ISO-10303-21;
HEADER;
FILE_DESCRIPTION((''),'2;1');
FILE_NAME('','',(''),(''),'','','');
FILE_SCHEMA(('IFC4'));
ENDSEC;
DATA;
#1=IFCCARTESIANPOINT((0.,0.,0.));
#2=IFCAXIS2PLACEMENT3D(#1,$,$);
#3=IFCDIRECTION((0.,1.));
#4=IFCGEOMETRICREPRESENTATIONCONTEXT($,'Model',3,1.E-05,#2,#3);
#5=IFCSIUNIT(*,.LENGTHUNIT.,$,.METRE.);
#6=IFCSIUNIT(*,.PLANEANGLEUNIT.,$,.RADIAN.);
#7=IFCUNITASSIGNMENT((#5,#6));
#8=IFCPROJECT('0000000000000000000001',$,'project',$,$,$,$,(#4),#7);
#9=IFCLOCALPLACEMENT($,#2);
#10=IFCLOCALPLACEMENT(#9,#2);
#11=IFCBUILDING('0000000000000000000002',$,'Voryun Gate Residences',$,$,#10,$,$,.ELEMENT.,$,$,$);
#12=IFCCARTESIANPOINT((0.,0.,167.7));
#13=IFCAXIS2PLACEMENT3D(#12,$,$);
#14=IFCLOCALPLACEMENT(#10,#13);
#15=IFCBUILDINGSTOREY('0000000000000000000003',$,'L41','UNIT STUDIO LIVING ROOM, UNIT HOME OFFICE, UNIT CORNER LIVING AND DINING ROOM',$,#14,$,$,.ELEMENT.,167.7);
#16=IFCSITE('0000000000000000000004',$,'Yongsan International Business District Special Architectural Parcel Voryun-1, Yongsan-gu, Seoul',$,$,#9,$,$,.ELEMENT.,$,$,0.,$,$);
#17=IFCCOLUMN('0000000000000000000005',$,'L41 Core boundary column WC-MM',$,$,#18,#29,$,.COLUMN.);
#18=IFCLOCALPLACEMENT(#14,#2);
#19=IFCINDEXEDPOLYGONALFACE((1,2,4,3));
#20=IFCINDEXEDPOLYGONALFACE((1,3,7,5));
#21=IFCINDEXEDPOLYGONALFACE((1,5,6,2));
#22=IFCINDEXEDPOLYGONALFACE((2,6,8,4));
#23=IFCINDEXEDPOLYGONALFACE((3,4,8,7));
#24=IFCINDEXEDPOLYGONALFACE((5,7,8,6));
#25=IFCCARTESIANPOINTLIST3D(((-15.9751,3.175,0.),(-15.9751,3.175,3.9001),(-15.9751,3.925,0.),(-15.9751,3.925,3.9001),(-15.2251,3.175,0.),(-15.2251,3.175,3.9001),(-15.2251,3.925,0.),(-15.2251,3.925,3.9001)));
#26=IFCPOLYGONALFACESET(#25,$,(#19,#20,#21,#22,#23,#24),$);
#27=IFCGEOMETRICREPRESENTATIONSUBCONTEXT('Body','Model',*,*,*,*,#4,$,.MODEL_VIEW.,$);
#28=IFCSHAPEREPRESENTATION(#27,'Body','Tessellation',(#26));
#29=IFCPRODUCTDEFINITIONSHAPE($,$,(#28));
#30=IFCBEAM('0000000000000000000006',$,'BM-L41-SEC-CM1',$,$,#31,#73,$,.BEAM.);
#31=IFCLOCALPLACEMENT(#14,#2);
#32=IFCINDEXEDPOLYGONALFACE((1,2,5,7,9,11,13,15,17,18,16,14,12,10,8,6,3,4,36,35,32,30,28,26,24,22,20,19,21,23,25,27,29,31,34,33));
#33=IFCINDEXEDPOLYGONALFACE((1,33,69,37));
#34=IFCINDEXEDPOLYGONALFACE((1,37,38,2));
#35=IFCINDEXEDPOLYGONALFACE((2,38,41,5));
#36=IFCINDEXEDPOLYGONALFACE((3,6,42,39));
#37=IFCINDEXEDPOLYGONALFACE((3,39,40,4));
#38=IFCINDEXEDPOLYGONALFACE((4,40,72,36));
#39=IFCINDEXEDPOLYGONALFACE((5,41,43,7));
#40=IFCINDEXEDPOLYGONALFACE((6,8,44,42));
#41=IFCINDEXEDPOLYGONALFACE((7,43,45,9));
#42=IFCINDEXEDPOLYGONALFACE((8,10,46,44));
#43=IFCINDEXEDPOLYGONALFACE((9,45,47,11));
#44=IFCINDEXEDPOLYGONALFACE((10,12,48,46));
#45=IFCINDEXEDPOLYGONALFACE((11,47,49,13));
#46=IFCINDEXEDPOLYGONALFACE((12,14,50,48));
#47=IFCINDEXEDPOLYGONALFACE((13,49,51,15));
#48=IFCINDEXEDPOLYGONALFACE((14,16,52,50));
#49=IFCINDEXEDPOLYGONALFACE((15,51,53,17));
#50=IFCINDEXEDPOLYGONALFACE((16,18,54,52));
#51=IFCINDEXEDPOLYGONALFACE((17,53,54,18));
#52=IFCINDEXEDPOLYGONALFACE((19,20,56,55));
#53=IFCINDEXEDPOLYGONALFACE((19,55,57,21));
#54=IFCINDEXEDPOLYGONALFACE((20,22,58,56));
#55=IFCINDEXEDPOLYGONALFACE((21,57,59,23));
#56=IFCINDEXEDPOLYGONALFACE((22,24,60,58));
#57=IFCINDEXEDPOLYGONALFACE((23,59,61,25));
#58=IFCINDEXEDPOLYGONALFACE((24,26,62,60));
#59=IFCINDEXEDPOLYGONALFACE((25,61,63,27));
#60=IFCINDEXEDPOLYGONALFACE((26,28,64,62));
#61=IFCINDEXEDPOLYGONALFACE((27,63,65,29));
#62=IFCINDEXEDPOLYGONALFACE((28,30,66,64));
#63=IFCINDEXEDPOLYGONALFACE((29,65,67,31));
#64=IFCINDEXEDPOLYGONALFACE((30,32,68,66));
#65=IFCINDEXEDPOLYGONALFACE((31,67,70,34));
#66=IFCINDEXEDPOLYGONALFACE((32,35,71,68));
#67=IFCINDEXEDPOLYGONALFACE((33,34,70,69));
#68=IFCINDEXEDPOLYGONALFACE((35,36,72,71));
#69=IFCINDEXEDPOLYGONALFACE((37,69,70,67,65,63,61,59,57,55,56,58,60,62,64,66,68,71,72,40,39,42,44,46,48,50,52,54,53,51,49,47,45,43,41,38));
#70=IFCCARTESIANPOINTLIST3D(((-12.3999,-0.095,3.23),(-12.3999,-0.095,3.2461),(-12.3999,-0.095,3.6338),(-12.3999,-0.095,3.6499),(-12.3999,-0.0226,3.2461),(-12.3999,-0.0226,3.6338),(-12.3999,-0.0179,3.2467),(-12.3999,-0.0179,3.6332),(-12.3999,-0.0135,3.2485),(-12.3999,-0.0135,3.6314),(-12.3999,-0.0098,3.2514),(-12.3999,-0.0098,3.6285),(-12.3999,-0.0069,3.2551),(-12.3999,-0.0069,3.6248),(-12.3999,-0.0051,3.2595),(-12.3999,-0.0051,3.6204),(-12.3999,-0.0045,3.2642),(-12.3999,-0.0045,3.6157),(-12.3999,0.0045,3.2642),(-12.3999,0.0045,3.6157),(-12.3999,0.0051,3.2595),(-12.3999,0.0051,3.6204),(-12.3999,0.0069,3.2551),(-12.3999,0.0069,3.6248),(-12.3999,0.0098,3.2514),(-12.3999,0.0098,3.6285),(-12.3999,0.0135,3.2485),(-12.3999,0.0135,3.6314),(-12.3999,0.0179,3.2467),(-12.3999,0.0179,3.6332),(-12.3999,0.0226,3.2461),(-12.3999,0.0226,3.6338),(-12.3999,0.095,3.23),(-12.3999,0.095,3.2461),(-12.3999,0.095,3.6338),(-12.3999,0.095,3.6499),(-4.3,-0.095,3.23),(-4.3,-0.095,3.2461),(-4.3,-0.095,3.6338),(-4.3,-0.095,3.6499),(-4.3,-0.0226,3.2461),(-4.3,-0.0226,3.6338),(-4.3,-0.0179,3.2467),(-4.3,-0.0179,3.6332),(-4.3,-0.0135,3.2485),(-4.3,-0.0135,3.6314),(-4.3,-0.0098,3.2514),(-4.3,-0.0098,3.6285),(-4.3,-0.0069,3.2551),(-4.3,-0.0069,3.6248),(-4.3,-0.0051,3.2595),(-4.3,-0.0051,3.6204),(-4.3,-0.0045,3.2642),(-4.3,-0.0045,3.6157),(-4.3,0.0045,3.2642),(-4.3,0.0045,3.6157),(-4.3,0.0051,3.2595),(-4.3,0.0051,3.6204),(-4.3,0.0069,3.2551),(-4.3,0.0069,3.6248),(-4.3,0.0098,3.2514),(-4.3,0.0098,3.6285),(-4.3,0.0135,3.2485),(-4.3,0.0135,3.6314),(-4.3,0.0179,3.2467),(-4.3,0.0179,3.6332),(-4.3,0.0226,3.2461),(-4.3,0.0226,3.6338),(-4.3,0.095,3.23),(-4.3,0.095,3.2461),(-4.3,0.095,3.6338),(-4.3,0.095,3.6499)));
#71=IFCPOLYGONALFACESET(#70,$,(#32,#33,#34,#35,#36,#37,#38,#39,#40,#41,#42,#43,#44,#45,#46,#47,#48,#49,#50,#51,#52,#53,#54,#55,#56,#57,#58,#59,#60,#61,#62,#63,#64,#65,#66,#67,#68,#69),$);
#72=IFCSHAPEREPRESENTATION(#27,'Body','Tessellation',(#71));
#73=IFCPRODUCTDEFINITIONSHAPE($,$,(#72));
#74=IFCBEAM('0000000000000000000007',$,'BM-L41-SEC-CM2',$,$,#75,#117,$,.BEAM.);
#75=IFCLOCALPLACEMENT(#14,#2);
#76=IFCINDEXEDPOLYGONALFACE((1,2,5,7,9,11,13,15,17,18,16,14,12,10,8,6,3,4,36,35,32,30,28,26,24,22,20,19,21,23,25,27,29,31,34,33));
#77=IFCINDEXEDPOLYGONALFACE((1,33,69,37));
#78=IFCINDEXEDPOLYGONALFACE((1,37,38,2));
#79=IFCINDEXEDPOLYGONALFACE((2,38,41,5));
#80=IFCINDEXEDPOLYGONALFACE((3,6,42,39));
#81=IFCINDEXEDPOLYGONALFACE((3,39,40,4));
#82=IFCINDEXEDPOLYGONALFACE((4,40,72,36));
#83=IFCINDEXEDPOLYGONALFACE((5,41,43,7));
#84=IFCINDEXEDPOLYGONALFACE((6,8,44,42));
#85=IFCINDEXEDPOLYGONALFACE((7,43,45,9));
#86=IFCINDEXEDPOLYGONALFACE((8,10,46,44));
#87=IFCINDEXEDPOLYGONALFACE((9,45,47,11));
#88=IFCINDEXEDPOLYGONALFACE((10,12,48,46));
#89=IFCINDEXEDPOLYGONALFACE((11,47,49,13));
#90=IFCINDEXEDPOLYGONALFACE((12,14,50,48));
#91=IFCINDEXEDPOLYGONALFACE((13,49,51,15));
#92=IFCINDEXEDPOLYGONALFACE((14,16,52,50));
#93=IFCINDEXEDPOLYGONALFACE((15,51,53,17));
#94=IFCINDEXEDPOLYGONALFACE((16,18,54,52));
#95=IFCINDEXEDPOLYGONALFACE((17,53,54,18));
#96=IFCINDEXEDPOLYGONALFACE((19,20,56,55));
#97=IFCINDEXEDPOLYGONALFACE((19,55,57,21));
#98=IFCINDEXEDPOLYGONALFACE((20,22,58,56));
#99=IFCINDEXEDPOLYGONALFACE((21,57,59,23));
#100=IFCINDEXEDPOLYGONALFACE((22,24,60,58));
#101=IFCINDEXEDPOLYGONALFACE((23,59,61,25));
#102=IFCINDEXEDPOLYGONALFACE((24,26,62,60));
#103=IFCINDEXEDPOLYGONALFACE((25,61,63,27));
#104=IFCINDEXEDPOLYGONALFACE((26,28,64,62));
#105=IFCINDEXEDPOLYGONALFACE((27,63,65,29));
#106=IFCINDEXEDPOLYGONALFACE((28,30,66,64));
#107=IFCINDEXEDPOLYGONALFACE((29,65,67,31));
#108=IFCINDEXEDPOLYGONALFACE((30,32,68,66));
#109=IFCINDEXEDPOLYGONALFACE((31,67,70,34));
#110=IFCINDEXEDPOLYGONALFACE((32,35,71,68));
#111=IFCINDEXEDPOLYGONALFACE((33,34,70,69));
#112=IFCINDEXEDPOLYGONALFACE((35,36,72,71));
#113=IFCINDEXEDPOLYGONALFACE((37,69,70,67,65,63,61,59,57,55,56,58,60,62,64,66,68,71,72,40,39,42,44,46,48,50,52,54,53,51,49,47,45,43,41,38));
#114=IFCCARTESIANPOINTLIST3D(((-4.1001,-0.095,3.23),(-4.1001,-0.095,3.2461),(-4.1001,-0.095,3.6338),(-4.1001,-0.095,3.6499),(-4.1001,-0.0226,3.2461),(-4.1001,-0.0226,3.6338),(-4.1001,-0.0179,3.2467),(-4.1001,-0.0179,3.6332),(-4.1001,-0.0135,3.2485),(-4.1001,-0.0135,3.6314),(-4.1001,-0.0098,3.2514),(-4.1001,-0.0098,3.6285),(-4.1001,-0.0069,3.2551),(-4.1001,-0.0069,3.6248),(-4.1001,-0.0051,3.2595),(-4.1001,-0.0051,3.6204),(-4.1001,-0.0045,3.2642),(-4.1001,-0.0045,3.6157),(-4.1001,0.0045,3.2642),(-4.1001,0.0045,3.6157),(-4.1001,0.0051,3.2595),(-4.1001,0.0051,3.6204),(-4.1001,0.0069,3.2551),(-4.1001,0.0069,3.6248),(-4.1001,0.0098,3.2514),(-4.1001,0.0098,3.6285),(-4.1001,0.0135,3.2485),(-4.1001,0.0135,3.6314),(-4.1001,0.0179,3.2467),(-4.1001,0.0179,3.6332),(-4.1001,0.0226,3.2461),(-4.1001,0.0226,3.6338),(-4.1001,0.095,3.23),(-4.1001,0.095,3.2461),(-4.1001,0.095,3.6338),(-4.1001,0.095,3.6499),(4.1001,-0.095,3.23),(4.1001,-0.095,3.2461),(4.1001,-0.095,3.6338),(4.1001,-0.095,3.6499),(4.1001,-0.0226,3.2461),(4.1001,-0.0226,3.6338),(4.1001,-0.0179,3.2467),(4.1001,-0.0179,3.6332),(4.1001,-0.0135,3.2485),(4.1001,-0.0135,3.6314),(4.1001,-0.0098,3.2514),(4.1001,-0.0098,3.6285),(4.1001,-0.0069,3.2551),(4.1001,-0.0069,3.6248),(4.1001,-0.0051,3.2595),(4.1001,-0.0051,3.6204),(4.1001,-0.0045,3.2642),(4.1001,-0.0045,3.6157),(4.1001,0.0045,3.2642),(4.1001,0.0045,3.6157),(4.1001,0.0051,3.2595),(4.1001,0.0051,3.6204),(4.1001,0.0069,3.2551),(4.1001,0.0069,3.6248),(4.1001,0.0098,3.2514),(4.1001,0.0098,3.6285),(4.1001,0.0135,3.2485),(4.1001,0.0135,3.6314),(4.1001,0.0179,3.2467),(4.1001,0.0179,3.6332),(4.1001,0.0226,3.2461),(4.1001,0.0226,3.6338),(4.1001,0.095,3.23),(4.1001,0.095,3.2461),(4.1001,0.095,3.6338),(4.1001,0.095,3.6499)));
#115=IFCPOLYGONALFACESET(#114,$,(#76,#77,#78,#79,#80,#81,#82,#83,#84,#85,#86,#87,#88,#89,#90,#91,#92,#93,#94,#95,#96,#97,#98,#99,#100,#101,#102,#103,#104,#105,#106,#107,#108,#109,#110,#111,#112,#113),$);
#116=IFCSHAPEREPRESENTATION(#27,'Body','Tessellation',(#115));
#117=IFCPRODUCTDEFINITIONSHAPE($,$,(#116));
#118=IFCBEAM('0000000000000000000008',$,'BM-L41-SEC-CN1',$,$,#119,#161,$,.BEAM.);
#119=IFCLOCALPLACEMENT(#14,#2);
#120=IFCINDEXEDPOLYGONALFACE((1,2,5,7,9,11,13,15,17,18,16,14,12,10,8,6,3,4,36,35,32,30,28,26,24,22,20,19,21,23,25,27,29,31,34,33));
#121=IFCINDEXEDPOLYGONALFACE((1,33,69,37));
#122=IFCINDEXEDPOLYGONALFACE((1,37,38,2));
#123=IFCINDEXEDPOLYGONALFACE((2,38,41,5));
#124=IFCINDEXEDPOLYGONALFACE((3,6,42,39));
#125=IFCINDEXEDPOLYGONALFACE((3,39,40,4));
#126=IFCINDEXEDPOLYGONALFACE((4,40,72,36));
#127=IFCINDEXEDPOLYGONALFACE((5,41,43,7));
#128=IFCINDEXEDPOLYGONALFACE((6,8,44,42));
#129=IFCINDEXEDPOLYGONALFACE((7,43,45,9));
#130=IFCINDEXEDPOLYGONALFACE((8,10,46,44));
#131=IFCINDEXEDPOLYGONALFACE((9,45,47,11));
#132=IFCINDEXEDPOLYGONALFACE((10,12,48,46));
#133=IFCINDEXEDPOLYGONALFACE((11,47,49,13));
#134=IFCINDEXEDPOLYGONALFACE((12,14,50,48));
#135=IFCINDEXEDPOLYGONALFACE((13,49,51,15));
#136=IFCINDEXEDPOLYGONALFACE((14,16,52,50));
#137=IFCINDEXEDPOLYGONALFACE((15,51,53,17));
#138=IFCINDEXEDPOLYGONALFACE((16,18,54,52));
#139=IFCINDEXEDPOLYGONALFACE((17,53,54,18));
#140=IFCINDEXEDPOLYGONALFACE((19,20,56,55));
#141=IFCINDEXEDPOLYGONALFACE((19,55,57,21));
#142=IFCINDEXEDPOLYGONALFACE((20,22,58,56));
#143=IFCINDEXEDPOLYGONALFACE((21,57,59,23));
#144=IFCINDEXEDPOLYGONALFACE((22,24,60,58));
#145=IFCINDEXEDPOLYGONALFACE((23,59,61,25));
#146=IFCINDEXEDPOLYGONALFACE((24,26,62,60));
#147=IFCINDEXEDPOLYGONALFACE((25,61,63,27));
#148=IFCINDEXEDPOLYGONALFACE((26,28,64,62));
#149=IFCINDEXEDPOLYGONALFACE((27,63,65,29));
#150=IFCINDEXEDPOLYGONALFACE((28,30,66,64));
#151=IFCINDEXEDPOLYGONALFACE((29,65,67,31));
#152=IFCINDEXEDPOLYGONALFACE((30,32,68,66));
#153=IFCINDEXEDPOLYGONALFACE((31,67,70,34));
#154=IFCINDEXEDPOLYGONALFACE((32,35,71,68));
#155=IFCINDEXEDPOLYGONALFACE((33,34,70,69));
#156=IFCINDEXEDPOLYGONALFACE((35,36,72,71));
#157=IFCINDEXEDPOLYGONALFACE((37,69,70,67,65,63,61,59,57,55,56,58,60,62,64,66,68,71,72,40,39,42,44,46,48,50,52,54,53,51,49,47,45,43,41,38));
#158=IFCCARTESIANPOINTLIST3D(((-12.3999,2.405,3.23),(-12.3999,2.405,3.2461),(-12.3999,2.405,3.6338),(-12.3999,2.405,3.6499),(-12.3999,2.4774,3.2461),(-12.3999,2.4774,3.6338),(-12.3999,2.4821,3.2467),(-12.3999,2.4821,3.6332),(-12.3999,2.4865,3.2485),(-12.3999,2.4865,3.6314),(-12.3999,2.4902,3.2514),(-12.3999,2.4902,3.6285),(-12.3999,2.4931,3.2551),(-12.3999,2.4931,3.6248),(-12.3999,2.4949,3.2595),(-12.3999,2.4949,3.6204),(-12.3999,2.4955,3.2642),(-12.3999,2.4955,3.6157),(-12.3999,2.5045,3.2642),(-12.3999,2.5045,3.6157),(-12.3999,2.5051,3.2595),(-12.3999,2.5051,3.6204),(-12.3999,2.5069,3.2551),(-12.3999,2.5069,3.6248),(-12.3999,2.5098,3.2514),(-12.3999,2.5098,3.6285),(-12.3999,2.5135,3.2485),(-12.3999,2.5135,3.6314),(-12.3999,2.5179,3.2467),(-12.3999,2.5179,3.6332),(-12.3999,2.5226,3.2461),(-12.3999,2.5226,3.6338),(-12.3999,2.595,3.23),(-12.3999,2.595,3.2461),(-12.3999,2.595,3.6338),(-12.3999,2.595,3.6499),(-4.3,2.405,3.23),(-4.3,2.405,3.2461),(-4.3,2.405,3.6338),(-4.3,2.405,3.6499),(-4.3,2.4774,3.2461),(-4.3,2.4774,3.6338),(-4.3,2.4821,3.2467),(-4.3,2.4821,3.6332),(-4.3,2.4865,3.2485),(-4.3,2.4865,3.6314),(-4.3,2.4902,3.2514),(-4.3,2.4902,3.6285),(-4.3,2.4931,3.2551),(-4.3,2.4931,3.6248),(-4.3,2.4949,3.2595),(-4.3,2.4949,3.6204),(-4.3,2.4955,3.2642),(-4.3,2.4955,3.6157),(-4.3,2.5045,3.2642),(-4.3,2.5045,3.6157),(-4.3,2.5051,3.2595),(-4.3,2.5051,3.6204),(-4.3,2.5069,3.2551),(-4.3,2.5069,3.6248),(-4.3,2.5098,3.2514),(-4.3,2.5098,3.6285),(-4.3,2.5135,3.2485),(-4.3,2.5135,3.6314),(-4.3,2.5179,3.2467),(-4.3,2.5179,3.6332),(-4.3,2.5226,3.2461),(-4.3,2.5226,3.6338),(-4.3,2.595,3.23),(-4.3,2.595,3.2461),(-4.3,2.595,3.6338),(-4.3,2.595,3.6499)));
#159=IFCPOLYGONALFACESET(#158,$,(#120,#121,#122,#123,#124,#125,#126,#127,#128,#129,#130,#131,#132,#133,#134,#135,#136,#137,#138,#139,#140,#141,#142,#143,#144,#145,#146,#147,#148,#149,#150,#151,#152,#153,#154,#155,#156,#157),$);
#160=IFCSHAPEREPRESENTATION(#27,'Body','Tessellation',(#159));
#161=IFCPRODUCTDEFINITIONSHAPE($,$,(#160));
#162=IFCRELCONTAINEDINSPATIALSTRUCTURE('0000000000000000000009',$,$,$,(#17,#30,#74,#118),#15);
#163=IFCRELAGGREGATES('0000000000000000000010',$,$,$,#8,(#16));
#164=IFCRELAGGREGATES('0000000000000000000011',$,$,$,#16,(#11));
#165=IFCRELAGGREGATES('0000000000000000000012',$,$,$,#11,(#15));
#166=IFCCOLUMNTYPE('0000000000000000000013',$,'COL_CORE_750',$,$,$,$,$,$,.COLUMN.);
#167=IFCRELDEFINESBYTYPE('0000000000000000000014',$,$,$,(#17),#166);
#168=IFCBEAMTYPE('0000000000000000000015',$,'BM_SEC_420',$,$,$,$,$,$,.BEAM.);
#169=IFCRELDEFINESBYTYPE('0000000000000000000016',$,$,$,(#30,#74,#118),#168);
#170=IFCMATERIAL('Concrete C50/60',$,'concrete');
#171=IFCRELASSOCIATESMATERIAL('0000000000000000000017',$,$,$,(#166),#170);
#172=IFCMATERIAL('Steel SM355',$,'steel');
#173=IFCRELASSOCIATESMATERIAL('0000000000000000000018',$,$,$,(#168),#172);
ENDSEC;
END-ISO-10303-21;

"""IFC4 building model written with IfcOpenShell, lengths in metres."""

from ifc_helpers import new_model, si_unit, direction, frame, origin, origin_2d, place, context, subcontext, project, spatial, rectangle, i_section, extrude, material, material_profile, profile_set, type_object, element, save


model = new_model("IFC4")

# Units and contexts
model_context = context("Model", 3, precision=1e-05, world=origin(), true_north=direction((0.0, 1.0)))
body_context = subcontext(model_context, "Body", "Model", "MODEL_VIEW")
ifc_project = project(units=[si_unit("LENGTHUNIT", "METRE"), si_unit("PLANEANGLEUNIT", "RADIAN")], contexts=[model_context])

# Site, building, storey
site_placement = place(None, origin())
site = spatial("IfcSite", under=ifc_project, at=site_placement, Name="Yongsan International Business District Special Architectural Parcel Voryun-1, Yongsan-gu, Seoul", CompositionType="ELEMENT", RefElevation=0.0)
building_placement = place(site_placement, origin())
building = spatial("IfcBuilding", under=site, at=building_placement, Name="Voryun Gate Residences", CompositionType="ELEMENT")
storey_placement = place(building_placement, frame((0.0, 0.0, 167.7)))
storey = spatial("IfcBuildingStorey", under=building, at=storey_placement, Name="L41", Description="UNIT STUDIO LIVING ROOM, UNIT HOME OFFICE, UNIT CORNER LIVING AND DINING ROOM", CompositionType="ELEMENT", Elevation=167.7)

# Column
ifc_material_1 = material(Name="Concrete C50/60", Category="concrete")
ifc_material_profile_1 = material_profile(ifc_material_1, rectangle(XDim=0.75, YDim=0.75, at=origin_2d()), Name="RC-750x750")
ifc_profile_set_1 = profile_set([ifc_material_profile_1], Name="Concrete C50/60")
column_type = type_object("IfcColumnType", Name="COL_CORE_750", PredefinedType="COLUMN", material=ifc_profile_set_1)
column_placement = place(storey_placement, frame((-15.6001, 3.55, 0.0), z_axis=(0.0, 0.0, 1.0), x_axis=(1.0, 0.0, 0.0)))
element("IfcColumn", 1, at=column_placement, inside=storey, type_object=column_type, Name="L41 Core boundary column WC-MM", PredefinedType="COLUMN", context=body_context, shape_type="SweptSolid", body=[
    extrude(rectangle(XDim=0.75, YDim=0.75, at=origin_2d()), origin(), (0.0, 0.0, 1.0), 3.9001),
])

# Beams
ifc_material_2 = material(Name="Steel SM355", Category="steel")
ifc_material_profile_2 = material_profile(ifc_material_2, i_section(OverallWidth=0.1899, OverallDepth=0.4199, WebThickness=0.009, FlangeThickness=0.0161, FilletRadius=0.0181, at=origin_2d()), Name="H-420x190x9x16")
ifc_profile_set_2 = profile_set([ifc_material_profile_2], Name="Steel SM355")
beam_type = type_object("IfcBeamType", Name="BM_SEC_420", PredefinedType="BEAM", material=ifc_profile_set_2)
beam_1_placement = place(storey_placement, frame((-12.3999, 0.0, 3.4399), z_axis=(1.0, 0.0, 0.0), x_axis=(0.0, 1.0, 0.0)))
element("IfcBeam", 2, at=beam_1_placement, inside=storey, type_object=beam_type, Name="BM-L41-SEC-CM1", PredefinedType="BEAM", context=body_context, shape_type="SweptSolid", body=[
    extrude(i_section(OverallWidth=0.1899, OverallDepth=0.4199, WebThickness=0.009, FlangeThickness=0.0161, FilletRadius=0.0181, at=origin_2d()), origin(), (0.0, 0.0, 1.0), 8.0999),
])
beam_2_placement = place(storey_placement, frame((-4.1001, 0.0, 3.4399), z_axis=(1.0, 0.0, 0.0), x_axis=(0.0, 1.0, 0.0)))
element("IfcBeam", 3, at=beam_2_placement, inside=storey, type_object=beam_type, Name="BM-L41-SEC-CM2", PredefinedType="BEAM", context=body_context, shape_type="SweptSolid", body=[
    extrude(i_section(OverallWidth=0.1899, OverallDepth=0.4199, WebThickness=0.009, FlangeThickness=0.0161, FilletRadius=0.0181, at=origin_2d()), origin(), (0.0, 0.0, 1.0), 8.2002),
])
beam_3_placement = place(storey_placement, frame((-12.3999, 2.5, 3.4399), z_axis=(1.0, 0.0, 0.0), x_axis=(0.0, 1.0, 0.0)))
element("IfcBeam", 4, at=beam_3_placement, inside=storey, type_object=beam_type, Name="BM-L41-SEC-CN1", PredefinedType="BEAM", context=body_context, shape_type="SweptSolid", body=[
    extrude(i_section(OverallWidth=0.1899, OverallDepth=0.4199, WebThickness=0.009, FlangeThickness=0.0161, FilletRadius=0.0181, at=origin_2d()), origin(), (0.0, 0.0, 1.0), 8.0999),
])

save(model, "model.ifc")
